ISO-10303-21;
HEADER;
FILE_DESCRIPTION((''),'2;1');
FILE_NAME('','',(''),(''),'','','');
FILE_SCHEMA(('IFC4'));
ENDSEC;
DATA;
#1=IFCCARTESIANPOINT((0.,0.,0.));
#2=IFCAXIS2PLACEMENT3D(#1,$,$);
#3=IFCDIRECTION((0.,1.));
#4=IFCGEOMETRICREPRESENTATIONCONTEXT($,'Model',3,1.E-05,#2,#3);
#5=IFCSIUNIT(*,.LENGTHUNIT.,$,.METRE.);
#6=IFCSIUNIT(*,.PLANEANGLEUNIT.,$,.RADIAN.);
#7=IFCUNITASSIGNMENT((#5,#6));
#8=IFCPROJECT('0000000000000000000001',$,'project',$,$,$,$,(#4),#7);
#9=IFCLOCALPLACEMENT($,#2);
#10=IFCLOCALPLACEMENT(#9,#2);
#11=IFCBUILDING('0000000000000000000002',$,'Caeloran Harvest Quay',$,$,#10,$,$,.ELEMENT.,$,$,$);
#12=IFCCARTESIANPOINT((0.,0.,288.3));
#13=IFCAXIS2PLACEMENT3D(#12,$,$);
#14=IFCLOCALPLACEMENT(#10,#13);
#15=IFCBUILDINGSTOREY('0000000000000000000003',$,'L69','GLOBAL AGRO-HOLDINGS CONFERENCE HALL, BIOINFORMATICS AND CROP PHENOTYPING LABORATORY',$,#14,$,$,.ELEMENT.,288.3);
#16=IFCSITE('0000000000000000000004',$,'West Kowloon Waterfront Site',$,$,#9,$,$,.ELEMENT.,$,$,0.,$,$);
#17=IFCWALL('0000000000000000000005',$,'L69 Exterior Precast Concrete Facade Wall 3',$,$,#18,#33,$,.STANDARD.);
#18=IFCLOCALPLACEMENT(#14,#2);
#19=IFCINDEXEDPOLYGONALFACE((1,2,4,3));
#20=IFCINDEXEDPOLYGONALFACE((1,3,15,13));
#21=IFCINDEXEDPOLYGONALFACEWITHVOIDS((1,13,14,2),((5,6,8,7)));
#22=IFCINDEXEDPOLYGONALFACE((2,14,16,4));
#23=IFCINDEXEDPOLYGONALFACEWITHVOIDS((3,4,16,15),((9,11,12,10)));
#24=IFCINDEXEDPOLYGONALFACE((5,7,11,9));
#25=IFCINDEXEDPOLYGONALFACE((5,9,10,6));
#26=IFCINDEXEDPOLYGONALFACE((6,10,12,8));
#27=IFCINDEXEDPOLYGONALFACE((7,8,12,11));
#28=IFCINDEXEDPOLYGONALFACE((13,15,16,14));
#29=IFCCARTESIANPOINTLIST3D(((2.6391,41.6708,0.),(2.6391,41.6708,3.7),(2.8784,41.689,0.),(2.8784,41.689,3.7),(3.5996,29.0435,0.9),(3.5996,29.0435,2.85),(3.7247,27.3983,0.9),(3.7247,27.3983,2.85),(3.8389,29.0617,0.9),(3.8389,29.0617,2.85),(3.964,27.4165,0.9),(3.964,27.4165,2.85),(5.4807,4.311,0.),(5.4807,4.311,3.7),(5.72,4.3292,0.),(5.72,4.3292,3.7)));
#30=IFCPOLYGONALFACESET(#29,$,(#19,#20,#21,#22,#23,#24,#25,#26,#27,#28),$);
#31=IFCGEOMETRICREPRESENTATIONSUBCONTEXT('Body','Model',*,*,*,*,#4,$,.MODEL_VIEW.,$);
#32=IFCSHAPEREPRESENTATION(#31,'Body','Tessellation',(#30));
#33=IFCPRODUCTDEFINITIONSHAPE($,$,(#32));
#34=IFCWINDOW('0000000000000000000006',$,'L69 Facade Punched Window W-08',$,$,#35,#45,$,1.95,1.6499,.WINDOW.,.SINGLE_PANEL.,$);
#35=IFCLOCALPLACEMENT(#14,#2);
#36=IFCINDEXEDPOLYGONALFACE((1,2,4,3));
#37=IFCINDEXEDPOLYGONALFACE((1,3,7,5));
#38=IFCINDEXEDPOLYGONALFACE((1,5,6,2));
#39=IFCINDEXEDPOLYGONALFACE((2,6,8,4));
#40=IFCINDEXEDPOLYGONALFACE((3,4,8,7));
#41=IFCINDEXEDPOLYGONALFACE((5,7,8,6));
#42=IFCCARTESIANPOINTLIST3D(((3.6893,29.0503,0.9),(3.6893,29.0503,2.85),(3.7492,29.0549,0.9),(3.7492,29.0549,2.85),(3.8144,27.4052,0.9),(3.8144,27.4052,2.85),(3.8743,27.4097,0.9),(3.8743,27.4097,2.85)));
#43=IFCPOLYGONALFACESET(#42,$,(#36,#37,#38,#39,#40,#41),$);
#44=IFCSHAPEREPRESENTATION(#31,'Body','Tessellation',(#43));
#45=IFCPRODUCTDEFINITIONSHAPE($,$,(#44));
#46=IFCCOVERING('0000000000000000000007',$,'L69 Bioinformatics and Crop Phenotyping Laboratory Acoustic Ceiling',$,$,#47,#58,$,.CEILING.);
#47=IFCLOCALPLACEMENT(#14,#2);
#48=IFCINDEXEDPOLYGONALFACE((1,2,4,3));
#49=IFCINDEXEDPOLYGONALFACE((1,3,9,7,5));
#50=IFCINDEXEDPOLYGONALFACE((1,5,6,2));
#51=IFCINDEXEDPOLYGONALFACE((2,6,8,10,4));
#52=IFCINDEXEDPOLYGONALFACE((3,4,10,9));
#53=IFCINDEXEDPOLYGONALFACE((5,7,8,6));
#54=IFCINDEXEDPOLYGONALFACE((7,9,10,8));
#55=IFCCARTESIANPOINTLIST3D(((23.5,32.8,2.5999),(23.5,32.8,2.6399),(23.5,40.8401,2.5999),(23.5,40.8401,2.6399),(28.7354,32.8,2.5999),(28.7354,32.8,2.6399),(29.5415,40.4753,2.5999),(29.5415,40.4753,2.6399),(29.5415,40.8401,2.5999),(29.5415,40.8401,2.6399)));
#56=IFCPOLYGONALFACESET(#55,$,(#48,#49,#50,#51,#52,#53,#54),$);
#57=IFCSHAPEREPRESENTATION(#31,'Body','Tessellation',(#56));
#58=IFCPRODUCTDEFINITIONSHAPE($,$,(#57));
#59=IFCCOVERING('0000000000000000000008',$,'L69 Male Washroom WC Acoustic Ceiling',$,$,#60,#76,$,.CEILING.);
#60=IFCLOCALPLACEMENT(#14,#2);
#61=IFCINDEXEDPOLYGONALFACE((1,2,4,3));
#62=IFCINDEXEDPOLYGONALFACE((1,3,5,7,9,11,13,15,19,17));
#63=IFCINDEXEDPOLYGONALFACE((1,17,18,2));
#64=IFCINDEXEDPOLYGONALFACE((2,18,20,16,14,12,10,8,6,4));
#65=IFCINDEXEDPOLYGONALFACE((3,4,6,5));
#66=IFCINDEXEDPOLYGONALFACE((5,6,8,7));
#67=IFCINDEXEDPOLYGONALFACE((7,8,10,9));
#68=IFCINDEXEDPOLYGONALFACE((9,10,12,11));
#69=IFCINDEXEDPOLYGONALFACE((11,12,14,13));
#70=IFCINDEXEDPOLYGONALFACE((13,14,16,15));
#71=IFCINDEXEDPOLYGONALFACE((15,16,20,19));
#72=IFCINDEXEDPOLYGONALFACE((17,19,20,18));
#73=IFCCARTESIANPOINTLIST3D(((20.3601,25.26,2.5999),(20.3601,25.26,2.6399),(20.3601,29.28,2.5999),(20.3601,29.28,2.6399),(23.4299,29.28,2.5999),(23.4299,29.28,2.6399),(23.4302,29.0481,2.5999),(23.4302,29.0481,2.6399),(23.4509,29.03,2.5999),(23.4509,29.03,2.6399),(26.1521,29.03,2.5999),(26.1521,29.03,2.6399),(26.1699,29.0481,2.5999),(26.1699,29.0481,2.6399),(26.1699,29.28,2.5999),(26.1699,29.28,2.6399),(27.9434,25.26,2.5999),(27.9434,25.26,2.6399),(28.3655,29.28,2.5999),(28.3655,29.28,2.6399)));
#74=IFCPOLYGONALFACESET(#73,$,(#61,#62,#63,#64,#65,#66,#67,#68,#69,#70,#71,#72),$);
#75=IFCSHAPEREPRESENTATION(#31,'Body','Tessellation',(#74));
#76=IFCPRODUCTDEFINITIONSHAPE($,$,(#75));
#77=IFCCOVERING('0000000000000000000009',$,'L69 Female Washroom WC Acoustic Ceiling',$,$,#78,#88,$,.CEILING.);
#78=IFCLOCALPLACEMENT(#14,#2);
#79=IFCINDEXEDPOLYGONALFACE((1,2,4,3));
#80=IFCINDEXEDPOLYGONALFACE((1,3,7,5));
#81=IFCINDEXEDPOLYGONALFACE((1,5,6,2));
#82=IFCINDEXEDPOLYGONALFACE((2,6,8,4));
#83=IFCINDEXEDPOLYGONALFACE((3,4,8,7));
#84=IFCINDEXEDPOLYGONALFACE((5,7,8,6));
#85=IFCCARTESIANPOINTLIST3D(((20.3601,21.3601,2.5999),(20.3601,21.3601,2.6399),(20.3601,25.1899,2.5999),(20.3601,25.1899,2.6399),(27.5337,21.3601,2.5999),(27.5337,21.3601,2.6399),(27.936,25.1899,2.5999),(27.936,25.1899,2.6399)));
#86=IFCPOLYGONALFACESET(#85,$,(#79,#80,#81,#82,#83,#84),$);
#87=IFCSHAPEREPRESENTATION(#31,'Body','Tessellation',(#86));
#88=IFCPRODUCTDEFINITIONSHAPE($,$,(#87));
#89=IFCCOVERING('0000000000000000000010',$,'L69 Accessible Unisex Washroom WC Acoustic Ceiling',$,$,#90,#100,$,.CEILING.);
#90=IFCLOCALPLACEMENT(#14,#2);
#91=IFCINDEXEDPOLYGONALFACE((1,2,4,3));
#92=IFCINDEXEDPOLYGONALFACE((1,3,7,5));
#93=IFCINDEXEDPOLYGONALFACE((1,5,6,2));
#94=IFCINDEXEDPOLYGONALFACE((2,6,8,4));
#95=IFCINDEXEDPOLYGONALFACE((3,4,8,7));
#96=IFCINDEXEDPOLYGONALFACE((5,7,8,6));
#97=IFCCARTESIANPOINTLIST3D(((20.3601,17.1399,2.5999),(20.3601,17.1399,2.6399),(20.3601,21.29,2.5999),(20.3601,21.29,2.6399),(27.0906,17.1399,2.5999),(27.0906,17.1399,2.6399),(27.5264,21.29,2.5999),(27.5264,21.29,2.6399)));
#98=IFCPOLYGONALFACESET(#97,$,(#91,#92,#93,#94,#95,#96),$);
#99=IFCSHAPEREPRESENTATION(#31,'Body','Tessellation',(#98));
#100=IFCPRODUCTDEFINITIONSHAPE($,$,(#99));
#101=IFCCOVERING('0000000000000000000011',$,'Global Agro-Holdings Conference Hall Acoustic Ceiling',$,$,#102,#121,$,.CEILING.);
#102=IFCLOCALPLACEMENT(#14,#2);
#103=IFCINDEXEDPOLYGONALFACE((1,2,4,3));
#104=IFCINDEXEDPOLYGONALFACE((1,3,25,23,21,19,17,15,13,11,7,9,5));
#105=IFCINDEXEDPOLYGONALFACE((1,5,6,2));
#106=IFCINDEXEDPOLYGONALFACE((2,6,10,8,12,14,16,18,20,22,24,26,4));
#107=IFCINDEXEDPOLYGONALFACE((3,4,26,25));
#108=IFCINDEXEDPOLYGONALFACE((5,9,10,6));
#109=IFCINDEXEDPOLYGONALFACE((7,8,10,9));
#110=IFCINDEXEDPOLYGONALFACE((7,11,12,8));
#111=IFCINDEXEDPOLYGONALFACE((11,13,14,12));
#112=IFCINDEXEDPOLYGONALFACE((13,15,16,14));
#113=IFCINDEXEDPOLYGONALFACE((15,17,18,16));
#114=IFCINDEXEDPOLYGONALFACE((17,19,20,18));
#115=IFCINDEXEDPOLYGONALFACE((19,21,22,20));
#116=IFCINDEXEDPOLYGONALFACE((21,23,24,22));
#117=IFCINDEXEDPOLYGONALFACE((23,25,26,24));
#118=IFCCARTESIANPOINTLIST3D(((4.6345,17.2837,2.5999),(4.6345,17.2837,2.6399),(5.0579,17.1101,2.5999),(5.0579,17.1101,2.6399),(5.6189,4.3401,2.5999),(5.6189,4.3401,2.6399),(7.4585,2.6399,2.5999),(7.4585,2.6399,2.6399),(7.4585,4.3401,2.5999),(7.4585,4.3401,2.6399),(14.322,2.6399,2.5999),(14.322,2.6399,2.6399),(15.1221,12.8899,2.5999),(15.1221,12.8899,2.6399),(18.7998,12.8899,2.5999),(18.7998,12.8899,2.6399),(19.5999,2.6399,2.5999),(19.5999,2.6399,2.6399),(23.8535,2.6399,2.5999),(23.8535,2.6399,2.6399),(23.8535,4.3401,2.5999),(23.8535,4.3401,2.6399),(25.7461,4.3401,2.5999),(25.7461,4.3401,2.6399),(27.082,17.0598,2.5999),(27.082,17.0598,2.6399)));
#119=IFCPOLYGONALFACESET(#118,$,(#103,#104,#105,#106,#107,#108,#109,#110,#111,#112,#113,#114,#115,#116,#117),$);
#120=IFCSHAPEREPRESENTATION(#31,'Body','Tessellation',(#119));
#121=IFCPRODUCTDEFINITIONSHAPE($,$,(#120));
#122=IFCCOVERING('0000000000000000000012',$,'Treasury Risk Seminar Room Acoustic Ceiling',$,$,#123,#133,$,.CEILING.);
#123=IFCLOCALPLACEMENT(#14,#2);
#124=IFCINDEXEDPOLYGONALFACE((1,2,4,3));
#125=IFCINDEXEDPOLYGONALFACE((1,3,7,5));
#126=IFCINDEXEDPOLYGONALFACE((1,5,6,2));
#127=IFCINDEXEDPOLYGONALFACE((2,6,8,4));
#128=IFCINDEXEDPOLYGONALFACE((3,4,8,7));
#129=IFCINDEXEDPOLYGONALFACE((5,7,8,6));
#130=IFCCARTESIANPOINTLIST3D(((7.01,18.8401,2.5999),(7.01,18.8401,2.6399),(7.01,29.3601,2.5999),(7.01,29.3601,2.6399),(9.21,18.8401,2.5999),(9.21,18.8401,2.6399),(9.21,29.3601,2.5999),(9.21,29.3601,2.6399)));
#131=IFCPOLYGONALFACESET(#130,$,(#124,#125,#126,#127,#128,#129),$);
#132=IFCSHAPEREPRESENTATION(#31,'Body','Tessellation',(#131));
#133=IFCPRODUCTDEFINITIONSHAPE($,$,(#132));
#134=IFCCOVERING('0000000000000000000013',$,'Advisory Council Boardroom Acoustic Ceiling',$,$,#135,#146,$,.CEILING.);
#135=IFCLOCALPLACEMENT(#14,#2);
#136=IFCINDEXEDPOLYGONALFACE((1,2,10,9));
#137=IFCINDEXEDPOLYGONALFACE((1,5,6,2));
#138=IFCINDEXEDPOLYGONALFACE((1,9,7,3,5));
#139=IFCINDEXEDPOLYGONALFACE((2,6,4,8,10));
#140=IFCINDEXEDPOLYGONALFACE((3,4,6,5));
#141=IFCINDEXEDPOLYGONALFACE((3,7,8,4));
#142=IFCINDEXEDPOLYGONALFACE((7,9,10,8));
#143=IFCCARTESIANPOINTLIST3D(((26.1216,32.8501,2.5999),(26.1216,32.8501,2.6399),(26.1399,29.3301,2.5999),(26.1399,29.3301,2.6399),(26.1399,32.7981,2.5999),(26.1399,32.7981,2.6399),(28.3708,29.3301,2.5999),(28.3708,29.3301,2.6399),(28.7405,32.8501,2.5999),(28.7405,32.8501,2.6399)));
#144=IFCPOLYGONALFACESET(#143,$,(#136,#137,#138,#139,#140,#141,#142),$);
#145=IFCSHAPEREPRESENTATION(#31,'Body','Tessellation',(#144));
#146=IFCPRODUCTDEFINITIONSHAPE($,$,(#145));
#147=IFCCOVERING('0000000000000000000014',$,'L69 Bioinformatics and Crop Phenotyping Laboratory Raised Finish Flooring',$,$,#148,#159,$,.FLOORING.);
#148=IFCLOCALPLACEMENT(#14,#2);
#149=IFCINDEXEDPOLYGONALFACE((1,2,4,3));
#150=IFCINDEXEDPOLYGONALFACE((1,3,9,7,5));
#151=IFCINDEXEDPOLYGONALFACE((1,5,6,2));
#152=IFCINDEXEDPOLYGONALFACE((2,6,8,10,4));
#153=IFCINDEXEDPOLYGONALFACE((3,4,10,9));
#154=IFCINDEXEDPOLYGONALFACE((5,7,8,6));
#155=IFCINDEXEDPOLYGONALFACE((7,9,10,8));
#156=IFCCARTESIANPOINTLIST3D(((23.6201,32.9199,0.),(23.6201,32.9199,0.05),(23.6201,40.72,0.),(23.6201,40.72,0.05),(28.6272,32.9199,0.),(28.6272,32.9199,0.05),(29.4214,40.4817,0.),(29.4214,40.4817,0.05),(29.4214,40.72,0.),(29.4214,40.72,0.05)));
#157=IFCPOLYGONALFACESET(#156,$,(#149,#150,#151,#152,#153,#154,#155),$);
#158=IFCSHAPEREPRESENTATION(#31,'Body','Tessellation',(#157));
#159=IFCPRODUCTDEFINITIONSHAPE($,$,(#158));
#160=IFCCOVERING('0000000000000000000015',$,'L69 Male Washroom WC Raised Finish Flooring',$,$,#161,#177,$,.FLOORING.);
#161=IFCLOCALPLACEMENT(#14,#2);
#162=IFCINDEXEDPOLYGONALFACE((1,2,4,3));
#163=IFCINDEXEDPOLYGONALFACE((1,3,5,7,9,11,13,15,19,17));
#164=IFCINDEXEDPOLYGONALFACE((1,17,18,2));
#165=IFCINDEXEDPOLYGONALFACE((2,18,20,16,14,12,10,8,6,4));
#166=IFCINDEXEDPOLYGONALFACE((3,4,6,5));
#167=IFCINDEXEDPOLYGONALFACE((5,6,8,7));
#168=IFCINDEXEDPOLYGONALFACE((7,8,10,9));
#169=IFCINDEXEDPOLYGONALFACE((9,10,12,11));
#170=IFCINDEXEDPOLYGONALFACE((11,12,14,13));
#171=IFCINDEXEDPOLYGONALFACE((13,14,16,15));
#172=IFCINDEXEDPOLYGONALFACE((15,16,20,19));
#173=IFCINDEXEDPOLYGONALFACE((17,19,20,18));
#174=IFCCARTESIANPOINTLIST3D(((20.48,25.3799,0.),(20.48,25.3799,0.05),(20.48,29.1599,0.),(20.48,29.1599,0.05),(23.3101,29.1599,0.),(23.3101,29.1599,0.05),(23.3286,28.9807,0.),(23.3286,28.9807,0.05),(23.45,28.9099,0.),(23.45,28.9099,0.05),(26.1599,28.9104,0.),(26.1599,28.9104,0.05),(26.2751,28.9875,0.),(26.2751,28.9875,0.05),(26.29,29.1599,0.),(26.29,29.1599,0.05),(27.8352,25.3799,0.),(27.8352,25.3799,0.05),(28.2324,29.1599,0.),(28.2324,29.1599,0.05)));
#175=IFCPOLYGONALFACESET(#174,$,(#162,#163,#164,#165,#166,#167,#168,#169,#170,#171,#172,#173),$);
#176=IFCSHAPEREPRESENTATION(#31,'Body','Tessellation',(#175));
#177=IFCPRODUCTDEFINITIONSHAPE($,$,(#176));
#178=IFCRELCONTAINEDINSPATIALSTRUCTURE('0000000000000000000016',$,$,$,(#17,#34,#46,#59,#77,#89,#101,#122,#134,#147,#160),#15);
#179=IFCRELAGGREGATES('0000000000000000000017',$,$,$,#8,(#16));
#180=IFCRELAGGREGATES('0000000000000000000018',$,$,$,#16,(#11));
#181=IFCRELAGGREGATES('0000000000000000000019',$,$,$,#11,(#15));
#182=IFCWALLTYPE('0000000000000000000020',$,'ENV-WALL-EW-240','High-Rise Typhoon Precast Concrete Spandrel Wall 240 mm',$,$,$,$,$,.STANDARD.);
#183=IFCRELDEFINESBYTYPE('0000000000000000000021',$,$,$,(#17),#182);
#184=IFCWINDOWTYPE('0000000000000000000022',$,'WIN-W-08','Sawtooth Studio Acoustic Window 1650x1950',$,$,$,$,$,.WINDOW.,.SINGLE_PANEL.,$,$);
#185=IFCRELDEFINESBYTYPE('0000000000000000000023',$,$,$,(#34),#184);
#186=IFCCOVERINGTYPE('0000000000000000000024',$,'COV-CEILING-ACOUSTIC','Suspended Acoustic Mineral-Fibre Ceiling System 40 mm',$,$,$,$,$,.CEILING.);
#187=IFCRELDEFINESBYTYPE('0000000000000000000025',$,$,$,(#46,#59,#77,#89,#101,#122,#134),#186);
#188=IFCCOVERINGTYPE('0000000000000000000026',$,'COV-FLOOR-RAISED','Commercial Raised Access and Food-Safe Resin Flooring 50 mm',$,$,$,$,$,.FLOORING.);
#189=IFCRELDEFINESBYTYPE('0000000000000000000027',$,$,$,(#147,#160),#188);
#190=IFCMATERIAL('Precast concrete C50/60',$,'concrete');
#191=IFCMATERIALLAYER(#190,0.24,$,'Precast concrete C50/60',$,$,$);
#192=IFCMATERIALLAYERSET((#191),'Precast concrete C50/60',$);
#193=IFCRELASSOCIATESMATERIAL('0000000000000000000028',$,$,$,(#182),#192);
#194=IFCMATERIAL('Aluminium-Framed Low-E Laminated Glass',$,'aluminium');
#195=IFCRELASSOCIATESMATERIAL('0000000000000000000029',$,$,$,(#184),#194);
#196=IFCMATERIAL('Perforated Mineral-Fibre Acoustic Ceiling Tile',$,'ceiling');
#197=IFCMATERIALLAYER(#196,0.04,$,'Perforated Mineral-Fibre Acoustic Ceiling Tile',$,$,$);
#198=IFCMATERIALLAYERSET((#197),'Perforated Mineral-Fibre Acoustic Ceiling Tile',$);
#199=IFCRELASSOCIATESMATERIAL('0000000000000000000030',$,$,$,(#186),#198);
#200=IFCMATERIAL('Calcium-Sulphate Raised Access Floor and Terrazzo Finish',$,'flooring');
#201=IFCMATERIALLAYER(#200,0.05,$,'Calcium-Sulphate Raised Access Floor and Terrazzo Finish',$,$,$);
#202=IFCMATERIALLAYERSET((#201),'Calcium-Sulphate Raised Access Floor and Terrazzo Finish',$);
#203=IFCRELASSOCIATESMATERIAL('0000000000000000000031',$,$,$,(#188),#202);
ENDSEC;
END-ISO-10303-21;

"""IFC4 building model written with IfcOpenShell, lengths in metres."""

from ifc_helpers import new_model, si_unit, direction, frame, frame_2d, origin, place, context, subcontext, project, spatial, polyline, rectangle, outline, extrude, material, layer, layer_set, type_object, element, fill, save


model = new_model("IFC4")

# Units and contexts
model_context = context("Model", 3, precision=1e-05, world=origin(), true_north=direction((0.0, 1.0)))
body_context = subcontext(model_context, "Body", "Model", "MODEL_VIEW")
ifc_project = project(units=[si_unit("LENGTHUNIT", "METRE"), si_unit("PLANEANGLEUNIT", "RADIAN")], contexts=[model_context])

# Site, building, storey
site_placement = place(None, origin())
site = spatial("IfcSite", under=ifc_project, at=site_placement, Name="West Kowloon Waterfront Site", CompositionType="ELEMENT", RefElevation=0.0)
building_placement = place(site_placement, origin())
building = spatial("IfcBuilding", under=site, at=building_placement, Name="Caeloran Harvest Quay", CompositionType="ELEMENT")
storey_placement = place(building_placement, frame((0.0, 0.0, 288.3)))
storey = spatial("IfcBuildingStorey", under=building, at=storey_placement, Name="L69", Description="GLOBAL AGRO-HOLDINGS CONFERENCE HALL, BIOINFORMATICS AND CROP PHENOTYPING LABORATORY", CompositionType="ELEMENT", Elevation=288.3)

# Shared definitions
ifc_material_1 = material(Name="Precast concrete C50/60", Category="concrete")
ifc_layer_1 = layer(ifc_material_1, 0.24, Name="Precast concrete C50/60")
ifc_layer_set_1 = layer_set([ifc_layer_1], Name="Precast concrete C50/60")
wall_type = type_object("IfcWallType", Name="ENV-WALL-EW-240", Description="High-Rise Typhoon Precast Concrete Spandrel Wall 240 mm", PredefinedType="STANDARD", material=ifc_layer_set_1)

# Wall, opening, window
wall_1_placement = place(storey_placement, frame((5.6003, 4.3201, 0.0), z_axis=(0.0, 0.0, 1.0), x_axis=(-0.07584, 0.99712, 0.0)))
wall_1 = element("IfcWall", 1, at=wall_1_placement, inside=storey, type_object=wall_type, Name="L69 Exterior Precast Concrete Facade Wall 3", PredefinedType="STANDARD", context=body_context, shape_type="SweptSolid", body=[
    extrude(rectangle(XDim=37.4678, YDim=0.24, at=frame_2d((18.7339, 0.0))), origin(), (0.0, 0.0, 1.0), 3.7),
])
opening_placement = place(wall_1_placement, frame((23.1541, 0.0, 0.8999)))
opening = element("IfcOpeningElement", 2, at=opening_placement, cuts=wall_1, PredefinedType="OPENING", context=body_context, shape_type="SweptSolid", body=[
    extrude(rectangle(XDim=1.6499, YDim=1.95, at=frame_2d((0.825, 0.9751))), frame((0.0, 0.1299, 0.0), z_axis=(0.0, -1.0, 0.0), x_axis=(1.0, 0.0, 0.0)), (0.0, 0.0, 1.0), 0.26),
])
ifc_material_2 = material(Name="Aluminium-Framed Low-E Laminated Glass", Category="aluminium")
window_type = type_object("IfcWindowType", Name="WIN-W-08", Description="Sawtooth Studio Acoustic Window 1650x1950", PartitioningType="SINGLE_PANEL", PredefinedType="WINDOW", material=ifc_material_2)
window_placement = place(opening_placement, origin())
window = element("IfcWindow", 3, at=window_placement, inside=storey, type_object=window_type, Name="L69 Facade Punched Window W-08", OverallHeight=1.95, OverallWidth=1.6499, PartitioningType="SINGLE_PANEL", PredefinedType="WINDOW", context=body_context, shape_type="SweptSolid", body=[
    extrude(rectangle(XDim=1.6499, YDim=1.95, at=frame_2d((0.825, 0.9751))), frame((0.0, 0.03, 0.0), z_axis=(0.0, -1.0, 0.0), x_axis=(1.0, 0.0, 0.0)), (0.0, 0.0, 1.0), 0.0601),
])
fill(opening, window)

# Coverings
ifc_material_3 = material(Name="Perforated Mineral-Fibre Acoustic Ceiling Tile", Category="ceiling")
ifc_layer_2 = layer(ifc_material_3, 0.04, Name="Perforated Mineral-Fibre Acoustic Ceiling Tile")
ifc_layer_set_2 = layer_set([ifc_layer_2], Name="Perforated Mineral-Fibre Acoustic Ceiling Tile")
covering_type_1 = type_object("IfcCoveringType", Name="COV-CEILING-ACOUSTIC", Description="Suspended Acoustic Mineral-Fibre Ceiling System 40 mm", PredefinedType="CEILING", material=ifc_layer_set_2)
covering_1_placement = place(storey_placement, frame((0.0, 0.0, 2.5999)))
element("IfcCovering", 4, at=covering_1_placement, inside=storey, type_object=covering_type_1, Name="L69 Bioinformatics and Crop Phenotyping Laboratory Acoustic Ceiling", PredefinedType="CEILING", context=body_context, shape_type="SweptSolid", body=[
    extrude(outline(polyline([(29.5415, 40.4753), (28.7354, 32.8), (23.5, 32.8), (23.5, 40.8401), (29.5415, 40.8401), (29.5415, 40.4753)])), origin(), (0.0, 0.0, 1.0), 0.04),
])
covering_2_placement = place(storey_placement, frame((0.0, 0.0, 2.5999)))
element("IfcCovering", 5, at=covering_2_placement, inside=storey, type_object=covering_type_1, Name="L69 Male Washroom WC Acoustic Ceiling", PredefinedType="CEILING", context=body_context, shape_type="SweptSolid", body=[
    extrude(outline(polyline([(23.4299, 29.28), (23.4302, 29.0481), (23.4509, 29.03), (26.1521, 29.03), (26.1699, 29.0481), (26.1699, 29.28), (28.3655, 29.28), (27.9434, 25.26), (20.3601, 25.26), (20.3601, 29.28), (23.4299, 29.28)])), origin(), (0.0, 0.0, 1.0), 0.04),
])
covering_3_placement = place(storey_placement, frame((0.0, 0.0, 2.5999)))
element("IfcCovering", 6, at=covering_3_placement, inside=storey, type_object=covering_type_1, Name="L69 Female Washroom WC Acoustic Ceiling", PredefinedType="CEILING", context=body_context, shape_type="SweptSolid", body=[
    extrude(outline(polyline([(27.936, 25.1899), (27.5337, 21.3601), (20.3601, 21.3601), (20.3601, 25.1899), (27.936, 25.1899)])), origin(), (0.0, 0.0, 1.0), 0.04),
])
covering_4_placement = place(storey_placement, frame((0.0, 0.0, 2.5999)))
element("IfcCovering", 7, at=covering_4_placement, inside=storey, type_object=covering_type_1, Name="L69 Accessible Unisex Washroom WC Acoustic Ceiling", PredefinedType="CEILING", context=body_context, shape_type="SweptSolid", body=[
    extrude(outline(polyline([(27.5264, 21.29), (27.0906, 17.1399), (20.3601, 17.1399), (20.3601, 21.29), (27.5264, 21.29)])), origin(), (0.0, 0.0, 1.0), 0.04),
])
covering_5_placement = place(storey_placement, frame((0.0, 0.0, 2.5999)))
element("IfcCovering", 8, at=covering_5_placement, inside=storey, type_object=covering_type_1, Name="Global Agro-Holdings Conference Hall Acoustic Ceiling", PredefinedType="CEILING", context=body_context, shape_type="SweptSolid", body=[
    extrude(outline(polyline([(25.7461, 4.3401), (23.8535, 4.3401), (23.8535, 2.6399), (19.5999, 2.6399), (18.7998, 12.8899), (15.1221, 12.8899), (14.322, 2.6399), (7.4585, 2.6399), (7.4585, 4.3401), (5.6189, 4.3401), (4.6345, 17.2837), (5.0579, 17.1101), (27.082, 17.0598), (25.7461, 4.3401)])), origin(), (0.0, 0.0, 1.0), 0.04),
])
covering_6_placement = place(storey_placement, frame((0.0, 0.0, 2.5999)))
element("IfcCovering", 9, at=covering_6_placement, inside=storey, type_object=covering_type_1, Name="Treasury Risk Seminar Room Acoustic Ceiling", PredefinedType="CEILING", context=body_context, shape_type="SweptSolid", body=[
    extrude(outline(polyline([(7.01, 18.8401), (7.01, 29.3601), (9.21, 29.3601), (9.21, 18.8401), (7.01, 18.8401)])), origin(), (0.0, 0.0, 1.0), 0.04),
])
covering_7_placement = place(storey_placement, frame((0.0, 0.0, 2.5999)))
element("IfcCovering", 10, at=covering_7_placement, inside=storey, type_object=covering_type_1, Name="Advisory Council Boardroom Acoustic Ceiling", PredefinedType="CEILING", context=body_context, shape_type="SweptSolid", body=[
    extrude(outline(polyline([(26.1399, 32.7981), (26.1216, 32.8501), (28.7405, 32.8501), (28.3708, 29.3301), (26.1399, 29.3301), (26.1399, 32.7981)])), origin(), (0.0, 0.0, 1.0), 0.04),
])
ifc_material_4 = material(Name="Calcium-Sulphate Raised Access Floor and Terrazzo Finish", Category="flooring")
ifc_layer_3 = layer(ifc_material_4, 0.05, Name="Calcium-Sulphate Raised Access Floor and Terrazzo Finish")
ifc_layer_set_3 = layer_set([ifc_layer_3], Name="Calcium-Sulphate Raised Access Floor and Terrazzo Finish")
covering_type_2 = type_object("IfcCoveringType", Name="COV-FLOOR-RAISED", Description="Commercial Raised Access and Food-Safe Resin Flooring 50 mm", PredefinedType="FLOORING", material=ifc_layer_set_3)
covering_8_placement = place(storey_placement, origin())
element("IfcCovering", 11, at=covering_8_placement, inside=storey, type_object=covering_type_2, Name="L69 Bioinformatics and Crop Phenotyping Laboratory Raised Finish Flooring", PredefinedType="FLOORING", context=body_context, shape_type="SweptSolid", body=[
    extrude(outline(polyline([(29.4214, 40.4817), (28.6272, 32.9199), (23.6201, 32.9199), (23.6201, 40.72), (29.4214, 40.72), (29.4214, 40.4817)])), origin(), (0.0, 0.0, 1.0), 0.05),
])
covering_9_placement = place(storey_placement, origin())
element("IfcCovering", 12, at=covering_9_placement, inside=storey, type_object=covering_type_2, Name="L69 Male Washroom WC Raised Finish Flooring", PredefinedType="FLOORING", context=body_context, shape_type="SweptSolid", body=[
    extrude(outline(polyline([(23.3101, 29.1599), (23.3286, 28.9807), (23.45, 28.9099), (26.1599, 28.9104), (26.2751, 28.9875), (26.29, 29.1599), (28.2324, 29.1599), (27.8352, 25.3799), (20.48, 25.3799), (20.48, 29.1599), (23.3101, 29.1599)])), origin(), (0.0, 0.0, 1.0), 0.05),
])

save(model, "model.ifc")
